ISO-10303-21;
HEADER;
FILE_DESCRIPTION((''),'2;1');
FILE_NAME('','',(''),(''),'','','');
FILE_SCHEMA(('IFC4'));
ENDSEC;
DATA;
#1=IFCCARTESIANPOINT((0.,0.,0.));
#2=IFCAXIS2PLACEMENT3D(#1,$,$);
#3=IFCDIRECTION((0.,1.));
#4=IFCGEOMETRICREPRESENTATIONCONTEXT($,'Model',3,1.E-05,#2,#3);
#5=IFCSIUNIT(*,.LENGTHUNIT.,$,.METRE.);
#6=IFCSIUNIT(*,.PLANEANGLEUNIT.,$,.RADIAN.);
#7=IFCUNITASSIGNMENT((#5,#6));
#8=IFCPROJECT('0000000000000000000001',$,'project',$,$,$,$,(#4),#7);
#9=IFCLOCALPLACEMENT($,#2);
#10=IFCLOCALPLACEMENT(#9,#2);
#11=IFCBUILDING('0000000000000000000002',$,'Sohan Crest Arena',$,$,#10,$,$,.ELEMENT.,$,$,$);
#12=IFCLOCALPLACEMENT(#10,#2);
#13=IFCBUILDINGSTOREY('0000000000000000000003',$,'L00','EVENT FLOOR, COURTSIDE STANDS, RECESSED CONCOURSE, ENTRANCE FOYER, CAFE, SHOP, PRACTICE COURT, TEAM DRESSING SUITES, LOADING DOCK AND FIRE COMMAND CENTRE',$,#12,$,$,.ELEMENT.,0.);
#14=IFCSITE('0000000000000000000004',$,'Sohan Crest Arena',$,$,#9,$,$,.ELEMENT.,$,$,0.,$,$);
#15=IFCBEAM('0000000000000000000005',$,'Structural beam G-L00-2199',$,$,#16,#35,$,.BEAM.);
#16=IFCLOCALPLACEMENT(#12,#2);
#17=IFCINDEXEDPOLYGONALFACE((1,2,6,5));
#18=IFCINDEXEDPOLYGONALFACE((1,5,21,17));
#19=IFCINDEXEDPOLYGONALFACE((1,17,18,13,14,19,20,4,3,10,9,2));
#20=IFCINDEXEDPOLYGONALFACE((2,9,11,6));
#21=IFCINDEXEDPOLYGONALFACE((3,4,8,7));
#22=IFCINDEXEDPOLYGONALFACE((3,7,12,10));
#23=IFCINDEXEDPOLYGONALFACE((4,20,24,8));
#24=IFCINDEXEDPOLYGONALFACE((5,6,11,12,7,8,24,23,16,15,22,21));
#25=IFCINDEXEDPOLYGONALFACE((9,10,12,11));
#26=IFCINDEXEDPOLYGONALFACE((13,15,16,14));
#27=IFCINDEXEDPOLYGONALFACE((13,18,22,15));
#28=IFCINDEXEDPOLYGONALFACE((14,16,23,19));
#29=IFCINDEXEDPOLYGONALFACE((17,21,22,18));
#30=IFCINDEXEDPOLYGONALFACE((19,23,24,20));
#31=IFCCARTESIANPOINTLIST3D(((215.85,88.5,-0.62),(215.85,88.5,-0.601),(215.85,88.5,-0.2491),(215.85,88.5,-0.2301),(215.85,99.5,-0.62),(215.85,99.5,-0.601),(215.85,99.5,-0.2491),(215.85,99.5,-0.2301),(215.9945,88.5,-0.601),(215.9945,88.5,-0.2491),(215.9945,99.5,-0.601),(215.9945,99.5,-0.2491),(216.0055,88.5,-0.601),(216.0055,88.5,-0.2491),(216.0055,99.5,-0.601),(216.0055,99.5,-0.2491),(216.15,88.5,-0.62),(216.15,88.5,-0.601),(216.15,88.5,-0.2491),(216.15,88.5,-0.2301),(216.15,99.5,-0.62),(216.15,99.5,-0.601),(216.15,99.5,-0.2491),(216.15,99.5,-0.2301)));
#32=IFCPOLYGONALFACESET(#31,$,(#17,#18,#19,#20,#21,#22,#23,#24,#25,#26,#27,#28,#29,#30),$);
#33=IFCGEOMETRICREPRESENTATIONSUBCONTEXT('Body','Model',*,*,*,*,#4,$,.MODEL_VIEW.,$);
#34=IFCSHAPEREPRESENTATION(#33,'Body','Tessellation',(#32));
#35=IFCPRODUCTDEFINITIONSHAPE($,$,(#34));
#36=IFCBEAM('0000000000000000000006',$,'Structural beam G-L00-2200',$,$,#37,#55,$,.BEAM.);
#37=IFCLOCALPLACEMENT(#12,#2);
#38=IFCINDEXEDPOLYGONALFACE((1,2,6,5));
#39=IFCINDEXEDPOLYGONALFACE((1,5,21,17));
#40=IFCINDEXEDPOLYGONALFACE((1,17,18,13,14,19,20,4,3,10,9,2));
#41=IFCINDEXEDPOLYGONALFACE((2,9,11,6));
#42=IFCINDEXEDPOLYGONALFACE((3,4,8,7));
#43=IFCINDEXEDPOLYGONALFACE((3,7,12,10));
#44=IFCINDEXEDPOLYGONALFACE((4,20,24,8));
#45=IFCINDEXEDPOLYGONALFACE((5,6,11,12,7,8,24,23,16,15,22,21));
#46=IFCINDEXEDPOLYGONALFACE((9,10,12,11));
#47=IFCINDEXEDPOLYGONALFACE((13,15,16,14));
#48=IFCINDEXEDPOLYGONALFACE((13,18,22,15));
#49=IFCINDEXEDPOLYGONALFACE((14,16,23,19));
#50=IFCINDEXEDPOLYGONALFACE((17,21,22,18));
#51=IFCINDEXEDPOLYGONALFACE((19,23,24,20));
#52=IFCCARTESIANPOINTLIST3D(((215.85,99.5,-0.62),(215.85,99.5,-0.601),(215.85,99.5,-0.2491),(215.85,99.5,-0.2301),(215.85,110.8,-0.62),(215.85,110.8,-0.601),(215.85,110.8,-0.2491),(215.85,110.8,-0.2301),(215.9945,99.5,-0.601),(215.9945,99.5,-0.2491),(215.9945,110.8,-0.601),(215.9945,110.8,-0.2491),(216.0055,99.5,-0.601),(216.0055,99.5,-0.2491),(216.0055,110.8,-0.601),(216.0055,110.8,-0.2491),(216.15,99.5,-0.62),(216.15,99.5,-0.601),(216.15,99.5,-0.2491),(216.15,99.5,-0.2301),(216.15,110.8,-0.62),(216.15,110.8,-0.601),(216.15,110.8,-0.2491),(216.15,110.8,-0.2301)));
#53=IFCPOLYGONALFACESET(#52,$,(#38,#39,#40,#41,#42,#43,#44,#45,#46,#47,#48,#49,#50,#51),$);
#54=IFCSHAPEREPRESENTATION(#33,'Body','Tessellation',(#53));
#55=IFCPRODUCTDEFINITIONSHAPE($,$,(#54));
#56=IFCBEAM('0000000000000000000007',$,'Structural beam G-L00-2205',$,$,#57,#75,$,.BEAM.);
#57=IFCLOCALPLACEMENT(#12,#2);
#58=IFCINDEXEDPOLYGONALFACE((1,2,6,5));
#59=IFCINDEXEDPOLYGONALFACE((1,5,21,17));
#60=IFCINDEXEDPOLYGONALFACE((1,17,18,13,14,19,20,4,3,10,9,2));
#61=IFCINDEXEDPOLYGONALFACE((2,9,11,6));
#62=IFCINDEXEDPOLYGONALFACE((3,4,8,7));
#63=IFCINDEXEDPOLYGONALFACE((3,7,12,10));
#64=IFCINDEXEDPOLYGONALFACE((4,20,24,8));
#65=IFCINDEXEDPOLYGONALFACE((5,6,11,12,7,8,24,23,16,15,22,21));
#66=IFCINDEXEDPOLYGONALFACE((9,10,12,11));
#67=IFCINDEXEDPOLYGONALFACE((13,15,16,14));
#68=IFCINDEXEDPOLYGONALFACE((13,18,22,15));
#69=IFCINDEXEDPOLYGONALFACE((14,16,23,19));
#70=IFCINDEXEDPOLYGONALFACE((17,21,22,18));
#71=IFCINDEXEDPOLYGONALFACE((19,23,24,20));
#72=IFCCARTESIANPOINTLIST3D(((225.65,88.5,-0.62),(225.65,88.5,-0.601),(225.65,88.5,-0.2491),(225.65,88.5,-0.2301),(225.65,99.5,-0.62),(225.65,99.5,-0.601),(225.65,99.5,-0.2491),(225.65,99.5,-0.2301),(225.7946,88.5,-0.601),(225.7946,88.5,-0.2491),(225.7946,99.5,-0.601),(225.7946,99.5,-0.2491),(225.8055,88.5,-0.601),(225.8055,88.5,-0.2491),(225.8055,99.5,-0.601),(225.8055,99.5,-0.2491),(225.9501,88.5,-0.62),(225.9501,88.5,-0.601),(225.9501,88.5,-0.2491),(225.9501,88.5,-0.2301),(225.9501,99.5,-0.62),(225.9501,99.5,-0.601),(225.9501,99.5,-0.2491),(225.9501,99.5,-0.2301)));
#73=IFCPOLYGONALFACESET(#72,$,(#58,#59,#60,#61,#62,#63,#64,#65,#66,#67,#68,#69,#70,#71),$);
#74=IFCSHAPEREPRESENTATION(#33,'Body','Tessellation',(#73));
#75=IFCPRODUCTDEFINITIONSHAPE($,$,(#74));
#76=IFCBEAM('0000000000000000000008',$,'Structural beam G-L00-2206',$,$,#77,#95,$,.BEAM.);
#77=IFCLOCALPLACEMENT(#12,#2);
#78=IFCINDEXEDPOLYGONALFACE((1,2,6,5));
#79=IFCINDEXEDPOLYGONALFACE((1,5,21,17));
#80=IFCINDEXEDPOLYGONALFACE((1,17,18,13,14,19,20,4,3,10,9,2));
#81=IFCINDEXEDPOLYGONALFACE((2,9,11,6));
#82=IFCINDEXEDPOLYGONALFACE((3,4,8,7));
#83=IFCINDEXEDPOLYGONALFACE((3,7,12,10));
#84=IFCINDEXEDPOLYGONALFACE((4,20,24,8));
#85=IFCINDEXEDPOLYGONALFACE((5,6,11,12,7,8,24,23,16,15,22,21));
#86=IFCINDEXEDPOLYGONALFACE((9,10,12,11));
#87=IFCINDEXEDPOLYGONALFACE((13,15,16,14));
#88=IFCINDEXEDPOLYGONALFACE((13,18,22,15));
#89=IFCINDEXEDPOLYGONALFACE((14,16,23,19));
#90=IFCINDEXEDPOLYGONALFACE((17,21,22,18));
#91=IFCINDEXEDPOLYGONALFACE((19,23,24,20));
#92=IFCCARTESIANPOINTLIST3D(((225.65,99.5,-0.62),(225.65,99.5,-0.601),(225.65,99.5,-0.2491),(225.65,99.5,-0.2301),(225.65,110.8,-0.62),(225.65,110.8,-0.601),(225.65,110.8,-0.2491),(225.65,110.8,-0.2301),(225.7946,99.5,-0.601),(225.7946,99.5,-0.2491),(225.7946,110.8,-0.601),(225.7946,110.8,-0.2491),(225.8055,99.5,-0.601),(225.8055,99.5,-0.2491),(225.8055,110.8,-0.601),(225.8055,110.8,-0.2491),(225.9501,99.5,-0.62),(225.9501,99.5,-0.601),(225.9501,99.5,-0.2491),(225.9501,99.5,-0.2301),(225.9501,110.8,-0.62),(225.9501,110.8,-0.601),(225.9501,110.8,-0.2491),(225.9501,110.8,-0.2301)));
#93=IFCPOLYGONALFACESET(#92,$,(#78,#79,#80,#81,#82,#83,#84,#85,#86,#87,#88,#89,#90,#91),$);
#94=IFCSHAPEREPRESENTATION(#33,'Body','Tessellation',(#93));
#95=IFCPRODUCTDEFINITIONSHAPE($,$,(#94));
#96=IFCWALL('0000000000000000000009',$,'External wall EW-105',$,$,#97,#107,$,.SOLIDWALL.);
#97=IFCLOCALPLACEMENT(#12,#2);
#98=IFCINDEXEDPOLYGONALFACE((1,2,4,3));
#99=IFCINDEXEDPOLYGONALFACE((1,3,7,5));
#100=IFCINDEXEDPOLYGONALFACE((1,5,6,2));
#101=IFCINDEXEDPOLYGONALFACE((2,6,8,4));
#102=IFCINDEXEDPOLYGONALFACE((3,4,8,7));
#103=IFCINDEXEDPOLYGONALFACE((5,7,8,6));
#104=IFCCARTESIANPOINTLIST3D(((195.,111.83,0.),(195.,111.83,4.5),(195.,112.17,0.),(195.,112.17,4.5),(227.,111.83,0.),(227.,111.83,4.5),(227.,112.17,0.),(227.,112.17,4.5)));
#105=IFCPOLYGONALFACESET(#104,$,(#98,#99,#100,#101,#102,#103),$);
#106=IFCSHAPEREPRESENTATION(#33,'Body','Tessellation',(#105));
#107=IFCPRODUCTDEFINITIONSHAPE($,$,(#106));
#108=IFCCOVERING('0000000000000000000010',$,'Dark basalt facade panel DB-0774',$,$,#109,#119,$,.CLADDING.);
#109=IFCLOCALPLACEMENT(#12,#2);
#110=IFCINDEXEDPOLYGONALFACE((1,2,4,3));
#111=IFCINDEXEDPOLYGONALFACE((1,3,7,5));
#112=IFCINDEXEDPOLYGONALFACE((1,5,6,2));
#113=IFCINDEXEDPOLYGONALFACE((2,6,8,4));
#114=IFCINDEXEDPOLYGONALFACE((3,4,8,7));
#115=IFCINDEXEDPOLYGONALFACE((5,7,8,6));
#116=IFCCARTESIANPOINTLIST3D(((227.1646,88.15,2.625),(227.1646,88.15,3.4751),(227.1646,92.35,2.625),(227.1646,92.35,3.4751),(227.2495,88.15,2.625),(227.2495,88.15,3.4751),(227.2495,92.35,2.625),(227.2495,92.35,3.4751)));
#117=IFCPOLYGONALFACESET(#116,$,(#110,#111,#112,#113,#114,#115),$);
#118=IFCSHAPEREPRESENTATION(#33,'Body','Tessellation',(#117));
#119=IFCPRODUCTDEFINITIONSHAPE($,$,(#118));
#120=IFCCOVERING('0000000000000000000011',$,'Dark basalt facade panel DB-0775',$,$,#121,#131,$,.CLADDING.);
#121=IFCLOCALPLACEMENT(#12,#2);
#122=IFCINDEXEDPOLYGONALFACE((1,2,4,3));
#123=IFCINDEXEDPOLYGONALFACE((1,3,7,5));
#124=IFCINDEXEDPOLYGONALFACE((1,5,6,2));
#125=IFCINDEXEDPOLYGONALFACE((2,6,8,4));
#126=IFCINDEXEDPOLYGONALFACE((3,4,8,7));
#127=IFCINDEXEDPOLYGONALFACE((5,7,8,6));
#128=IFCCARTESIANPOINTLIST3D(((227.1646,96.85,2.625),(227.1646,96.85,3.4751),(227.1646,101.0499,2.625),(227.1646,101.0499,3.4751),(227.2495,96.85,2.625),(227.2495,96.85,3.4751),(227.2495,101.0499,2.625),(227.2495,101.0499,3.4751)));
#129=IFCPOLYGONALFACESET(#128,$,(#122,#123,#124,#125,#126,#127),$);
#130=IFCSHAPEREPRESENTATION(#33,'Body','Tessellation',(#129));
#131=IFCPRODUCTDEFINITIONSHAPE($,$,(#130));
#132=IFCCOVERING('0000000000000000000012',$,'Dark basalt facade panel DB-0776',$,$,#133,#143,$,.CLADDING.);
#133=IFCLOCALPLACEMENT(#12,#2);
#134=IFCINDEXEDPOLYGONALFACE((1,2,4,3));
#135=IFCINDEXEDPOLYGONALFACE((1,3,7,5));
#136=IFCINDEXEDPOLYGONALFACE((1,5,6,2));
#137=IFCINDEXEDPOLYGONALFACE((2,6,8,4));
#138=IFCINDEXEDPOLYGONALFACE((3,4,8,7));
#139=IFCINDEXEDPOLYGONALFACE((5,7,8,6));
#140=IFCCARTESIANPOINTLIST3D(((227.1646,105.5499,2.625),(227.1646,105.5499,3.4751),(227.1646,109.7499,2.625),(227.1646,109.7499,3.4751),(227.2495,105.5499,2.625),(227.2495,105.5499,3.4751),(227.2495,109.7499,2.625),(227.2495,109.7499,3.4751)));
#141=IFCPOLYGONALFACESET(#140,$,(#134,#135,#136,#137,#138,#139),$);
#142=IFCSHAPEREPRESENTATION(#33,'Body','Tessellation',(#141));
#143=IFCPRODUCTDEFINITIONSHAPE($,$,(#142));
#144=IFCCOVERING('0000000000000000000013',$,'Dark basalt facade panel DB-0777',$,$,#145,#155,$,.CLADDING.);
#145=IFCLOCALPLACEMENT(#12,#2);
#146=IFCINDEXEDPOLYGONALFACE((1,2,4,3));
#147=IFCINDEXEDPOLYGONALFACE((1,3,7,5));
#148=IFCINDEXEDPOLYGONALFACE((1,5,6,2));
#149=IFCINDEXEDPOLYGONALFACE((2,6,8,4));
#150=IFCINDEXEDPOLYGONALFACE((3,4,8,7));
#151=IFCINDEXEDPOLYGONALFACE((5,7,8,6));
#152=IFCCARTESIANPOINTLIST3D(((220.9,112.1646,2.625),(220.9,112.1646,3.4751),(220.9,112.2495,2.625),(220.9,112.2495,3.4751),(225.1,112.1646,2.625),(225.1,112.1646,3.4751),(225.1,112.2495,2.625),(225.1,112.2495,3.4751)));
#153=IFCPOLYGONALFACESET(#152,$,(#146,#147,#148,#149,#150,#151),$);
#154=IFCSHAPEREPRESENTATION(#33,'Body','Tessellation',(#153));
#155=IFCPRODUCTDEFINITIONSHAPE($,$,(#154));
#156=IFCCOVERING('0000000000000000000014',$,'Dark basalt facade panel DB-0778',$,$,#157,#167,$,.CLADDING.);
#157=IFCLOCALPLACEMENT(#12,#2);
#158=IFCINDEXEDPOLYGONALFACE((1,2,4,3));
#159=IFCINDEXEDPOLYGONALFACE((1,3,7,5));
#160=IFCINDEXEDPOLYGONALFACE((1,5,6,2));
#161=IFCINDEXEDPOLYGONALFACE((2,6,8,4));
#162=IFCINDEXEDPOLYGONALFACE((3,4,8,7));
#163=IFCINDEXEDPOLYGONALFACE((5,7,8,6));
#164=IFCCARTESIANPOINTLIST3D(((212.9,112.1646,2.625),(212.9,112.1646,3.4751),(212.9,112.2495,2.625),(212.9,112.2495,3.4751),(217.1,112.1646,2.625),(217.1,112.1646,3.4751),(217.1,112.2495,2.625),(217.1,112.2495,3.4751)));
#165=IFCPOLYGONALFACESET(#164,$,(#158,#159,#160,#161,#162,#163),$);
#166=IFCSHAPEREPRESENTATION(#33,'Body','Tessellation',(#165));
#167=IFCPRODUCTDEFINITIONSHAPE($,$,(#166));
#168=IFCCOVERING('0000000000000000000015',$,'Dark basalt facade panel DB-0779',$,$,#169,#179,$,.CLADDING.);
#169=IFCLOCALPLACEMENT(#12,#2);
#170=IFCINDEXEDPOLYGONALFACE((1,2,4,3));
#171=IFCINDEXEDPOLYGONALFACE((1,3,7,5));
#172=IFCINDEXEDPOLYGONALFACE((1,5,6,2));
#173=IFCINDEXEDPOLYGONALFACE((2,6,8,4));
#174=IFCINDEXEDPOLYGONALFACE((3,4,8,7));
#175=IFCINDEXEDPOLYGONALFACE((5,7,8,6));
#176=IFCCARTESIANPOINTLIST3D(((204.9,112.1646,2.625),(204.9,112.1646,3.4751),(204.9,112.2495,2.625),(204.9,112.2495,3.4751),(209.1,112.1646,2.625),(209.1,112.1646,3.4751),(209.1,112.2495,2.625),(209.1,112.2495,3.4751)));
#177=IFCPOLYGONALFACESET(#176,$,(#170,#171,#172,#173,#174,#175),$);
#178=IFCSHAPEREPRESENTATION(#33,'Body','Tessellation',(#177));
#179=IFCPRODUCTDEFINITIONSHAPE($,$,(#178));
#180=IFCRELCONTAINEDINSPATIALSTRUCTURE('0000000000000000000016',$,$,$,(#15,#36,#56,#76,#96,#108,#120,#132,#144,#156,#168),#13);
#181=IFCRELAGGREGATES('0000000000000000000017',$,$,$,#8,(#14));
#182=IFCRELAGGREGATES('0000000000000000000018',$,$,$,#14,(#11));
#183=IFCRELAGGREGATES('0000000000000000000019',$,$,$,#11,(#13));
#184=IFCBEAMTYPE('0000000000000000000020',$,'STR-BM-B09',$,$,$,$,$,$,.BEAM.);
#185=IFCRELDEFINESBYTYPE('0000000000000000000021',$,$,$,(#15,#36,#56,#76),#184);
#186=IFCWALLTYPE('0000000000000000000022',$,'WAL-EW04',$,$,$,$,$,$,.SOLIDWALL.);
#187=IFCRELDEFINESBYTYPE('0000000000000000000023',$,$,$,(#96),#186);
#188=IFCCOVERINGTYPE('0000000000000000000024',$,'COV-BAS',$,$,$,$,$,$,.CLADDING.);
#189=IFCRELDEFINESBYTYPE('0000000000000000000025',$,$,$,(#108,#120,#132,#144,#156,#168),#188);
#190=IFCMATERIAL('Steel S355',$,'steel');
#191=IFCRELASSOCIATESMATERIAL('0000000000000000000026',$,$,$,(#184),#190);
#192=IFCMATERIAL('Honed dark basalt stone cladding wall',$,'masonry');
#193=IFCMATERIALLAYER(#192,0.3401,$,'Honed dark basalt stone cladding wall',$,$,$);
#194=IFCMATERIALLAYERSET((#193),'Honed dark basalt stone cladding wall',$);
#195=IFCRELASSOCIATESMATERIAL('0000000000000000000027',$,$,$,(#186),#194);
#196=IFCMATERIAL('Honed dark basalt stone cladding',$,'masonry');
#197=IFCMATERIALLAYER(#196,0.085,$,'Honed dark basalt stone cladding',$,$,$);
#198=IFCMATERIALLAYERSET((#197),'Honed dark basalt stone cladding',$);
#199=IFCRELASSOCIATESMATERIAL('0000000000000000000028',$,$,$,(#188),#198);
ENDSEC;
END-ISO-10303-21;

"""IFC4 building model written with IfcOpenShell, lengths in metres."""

from ifc_helpers import new_model, si_unit, direction, frame, frame_2d, origin, origin_2d, place, context, subcontext, project, spatial, rectangle, i_section, extrude, material, layer, layer_set, material_profile, profile_set, type_object, element, save


model = new_model("IFC4")

# Units and contexts
model_context = context("Model", 3, precision=1e-05, world=origin(), true_north=direction((0.0, 1.0)))
body_context = subcontext(model_context, "Body", "Model", "MODEL_VIEW")
ifc_project = project(units=[si_unit("LENGTHUNIT", "METRE"), si_unit("PLANEANGLEUNIT", "RADIAN")], contexts=[model_context])

# Site, building, storey
site_placement = place(None, origin())
site = spatial("IfcSite", under=ifc_project, at=site_placement, Name="Sohan Crest Arena", CompositionType="ELEMENT", RefElevation=0.0)
building_placement = place(site_placement, origin())
building = spatial("IfcBuilding", under=site, at=building_placement, Name="Sohan Crest Arena", CompositionType="ELEMENT")
storey_placement = place(building_placement, origin())
storey = spatial("IfcBuildingStorey", under=building, at=storey_placement, Name="L00", Description="EVENT FLOOR, COURTSIDE STANDS, RECESSED CONCOURSE, ENTRANCE FOYER, CAFE, SHOP, PRACTICE COURT, TEAM DRESSING SUITES, LOADING DOCK AND FIRE COMMAND CENTRE", CompositionType="ELEMENT", Elevation=0.0)

# Beams
ifc_material_1 = material(Name="Steel S355", Category="steel")
ifc_material_profile_1 = material_profile(ifc_material_1, i_section(OverallWidth=0.3, OverallDepth=0.3899, WebThickness=0.011, FlangeThickness=0.019, at=origin_2d()), Name="HEA 400")
ifc_profile_set_1 = profile_set([ifc_material_profile_1], Name="Steel S355")
beam_type_1 = type_object("IfcBeamType", Name="STR-BM-B09", PredefinedType="BEAM", material=ifc_profile_set_1)
beam_1_placement = place(storey_placement, frame((216.0, 88.5, -0.425), z_axis=(0.0, 1.0, 0.0), x_axis=(-1.0, 0.0, 0.0)))
element("IfcBeam", 1, at=beam_1_placement, inside=storey, type_object=beam_type_1, Name="Structural beam G-L00-2199", PredefinedType="BEAM", context=body_context, shape_type="SweptSolid", body=[
    extrude(i_section(OverallWidth=0.3, OverallDepth=0.3899, WebThickness=0.011, FlangeThickness=0.019, at=origin_2d()), origin(), (0.0, 0.0, 1.0), 11.0),
])
beam_2_placement = place(storey_placement, frame((216.0, 99.5, -0.425), z_axis=(0.0, 1.0, 0.0), x_axis=(-1.0, 0.0, 0.0)))
element("IfcBeam", 2, at=beam_2_placement, inside=storey, type_object=beam_type_1, Name="Structural beam G-L00-2200", PredefinedType="BEAM", context=body_context, shape_type="SweptSolid", body=[
    extrude(i_section(OverallWidth=0.3, OverallDepth=0.3899, WebThickness=0.011, FlangeThickness=0.019, at=origin_2d()), origin(), (0.0, 0.0, 1.0), 11.3),
])
beam_3_placement = place(storey_placement, frame((225.8, 88.5, -0.425), z_axis=(0.0, 1.0, 0.0), x_axis=(-1.0, 0.0, 0.0)))
element("IfcBeam", 3, at=beam_3_placement, inside=storey, type_object=beam_type_1, Name="Structural beam G-L00-2205", PredefinedType="BEAM", context=body_context, shape_type="SweptSolid", body=[
    extrude(i_section(OverallWidth=0.3, OverallDepth=0.3899, WebThickness=0.011, FlangeThickness=0.019, at=origin_2d()), origin(), (0.0, 0.0, 1.0), 11.0),
])
beam_4_placement = place(storey_placement, frame((225.8, 99.5, -0.425), z_axis=(0.0, 1.0, 0.0), x_axis=(-1.0, 0.0, 0.0)))
element("IfcBeam", 4, at=beam_4_placement, inside=storey, type_object=beam_type_1, Name="Structural beam G-L00-2206", PredefinedType="BEAM", context=body_context, shape_type="SweptSolid", body=[
    extrude(i_section(OverallWidth=0.3, OverallDepth=0.3899, WebThickness=0.011, FlangeThickness=0.019, at=origin_2d()), origin(), (0.0, 0.0, 1.0), 11.3),
])

# Wall
ifc_material_2 = material(Name="Honed dark basalt stone cladding wall", Category="masonry")
ifc_layer_1 = layer(ifc_material_2, 0.3401, Name="Honed dark basalt stone cladding wall")
ifc_layer_set_1 = layer_set([ifc_layer_1], Name="Honed dark basalt stone cladding wall")
wall_type = type_object("IfcWallType", Name="WAL-EW04", PredefinedType="SOLIDWALL", material=ifc_layer_set_1)
wall_placement = place(storey_placement, frame((227.0, 112.0, 0.0), z_axis=(0.0, 0.0, 1.0), x_axis=(-1.0, 0.0, 0.0)))
element("IfcWall", 5, at=wall_placement, inside=storey, type_object=wall_type, Name="External wall EW-105", PredefinedType="SOLIDWALL", context=body_context, shape_type="SweptSolid", body=[
    extrude(rectangle(XDim=32.0, YDim=0.3401, at=frame_2d((16.0, 0.0))), origin(), (0.0, 0.0, 1.0), 4.5),
])

# Coverings
ifc_material_3 = material(Name="Honed dark basalt stone cladding", Category="masonry")
ifc_layer_2 = layer(ifc_material_3, 0.085, Name="Honed dark basalt stone cladding")
ifc_layer_set_2 = layer_set([ifc_layer_2], Name="Honed dark basalt stone cladding")
covering_type = type_object("IfcCoveringType", Name="COV-BAS", PredefinedType="CLADDING", material=ifc_layer_set_2)
for number, where, z_axis, x_axis, name in (
    (6, (227.207, 90.25, 2.625), (0.0, 0.0, 1.0), (0.0, 1.0, 0.0), "Dark basalt facade panel DB-0774"),
    (7, (227.207, 98.95, 2.625), (0.0, 0.0, 1.0), (0.0, 1.0, 0.0), "Dark basalt facade panel DB-0775"),
    (8, (227.207, 107.6499, 2.625), (0.0, 0.0, 1.0), (0.0, 1.0, 0.0), "Dark basalt facade panel DB-0776"),
    (9, (223.0, 112.207, 2.625), (0.0, 0.0, 1.0), (-1.0, 0.0, 0.0), "Dark basalt facade panel DB-0777"),
    (10, (215.0, 112.207, 2.625), (0.0, 0.0, 1.0), (-1.0, 0.0, 0.0), "Dark basalt facade panel DB-0778"),
    (11, (207.0, 112.207, 2.625), (0.0, 0.0, 1.0), (-1.0, 0.0, 0.0), "Dark basalt facade panel DB-0779"),
):
    element("IfcCovering", number, at=place(storey_placement, frame(where, z_axis=z_axis, x_axis=x_axis)), inside=storey, type_object=covering_type, Name=name, PredefinedType="CLADDING", context=body_context, shape_type="SweptSolid", body=[
        extrude(rectangle(XDim=4.2, YDim=0.085, at=origin_2d()), origin(), (0.0, 0.0, 1.0), 0.8501),
    ])

save(model, "model.ifc")
